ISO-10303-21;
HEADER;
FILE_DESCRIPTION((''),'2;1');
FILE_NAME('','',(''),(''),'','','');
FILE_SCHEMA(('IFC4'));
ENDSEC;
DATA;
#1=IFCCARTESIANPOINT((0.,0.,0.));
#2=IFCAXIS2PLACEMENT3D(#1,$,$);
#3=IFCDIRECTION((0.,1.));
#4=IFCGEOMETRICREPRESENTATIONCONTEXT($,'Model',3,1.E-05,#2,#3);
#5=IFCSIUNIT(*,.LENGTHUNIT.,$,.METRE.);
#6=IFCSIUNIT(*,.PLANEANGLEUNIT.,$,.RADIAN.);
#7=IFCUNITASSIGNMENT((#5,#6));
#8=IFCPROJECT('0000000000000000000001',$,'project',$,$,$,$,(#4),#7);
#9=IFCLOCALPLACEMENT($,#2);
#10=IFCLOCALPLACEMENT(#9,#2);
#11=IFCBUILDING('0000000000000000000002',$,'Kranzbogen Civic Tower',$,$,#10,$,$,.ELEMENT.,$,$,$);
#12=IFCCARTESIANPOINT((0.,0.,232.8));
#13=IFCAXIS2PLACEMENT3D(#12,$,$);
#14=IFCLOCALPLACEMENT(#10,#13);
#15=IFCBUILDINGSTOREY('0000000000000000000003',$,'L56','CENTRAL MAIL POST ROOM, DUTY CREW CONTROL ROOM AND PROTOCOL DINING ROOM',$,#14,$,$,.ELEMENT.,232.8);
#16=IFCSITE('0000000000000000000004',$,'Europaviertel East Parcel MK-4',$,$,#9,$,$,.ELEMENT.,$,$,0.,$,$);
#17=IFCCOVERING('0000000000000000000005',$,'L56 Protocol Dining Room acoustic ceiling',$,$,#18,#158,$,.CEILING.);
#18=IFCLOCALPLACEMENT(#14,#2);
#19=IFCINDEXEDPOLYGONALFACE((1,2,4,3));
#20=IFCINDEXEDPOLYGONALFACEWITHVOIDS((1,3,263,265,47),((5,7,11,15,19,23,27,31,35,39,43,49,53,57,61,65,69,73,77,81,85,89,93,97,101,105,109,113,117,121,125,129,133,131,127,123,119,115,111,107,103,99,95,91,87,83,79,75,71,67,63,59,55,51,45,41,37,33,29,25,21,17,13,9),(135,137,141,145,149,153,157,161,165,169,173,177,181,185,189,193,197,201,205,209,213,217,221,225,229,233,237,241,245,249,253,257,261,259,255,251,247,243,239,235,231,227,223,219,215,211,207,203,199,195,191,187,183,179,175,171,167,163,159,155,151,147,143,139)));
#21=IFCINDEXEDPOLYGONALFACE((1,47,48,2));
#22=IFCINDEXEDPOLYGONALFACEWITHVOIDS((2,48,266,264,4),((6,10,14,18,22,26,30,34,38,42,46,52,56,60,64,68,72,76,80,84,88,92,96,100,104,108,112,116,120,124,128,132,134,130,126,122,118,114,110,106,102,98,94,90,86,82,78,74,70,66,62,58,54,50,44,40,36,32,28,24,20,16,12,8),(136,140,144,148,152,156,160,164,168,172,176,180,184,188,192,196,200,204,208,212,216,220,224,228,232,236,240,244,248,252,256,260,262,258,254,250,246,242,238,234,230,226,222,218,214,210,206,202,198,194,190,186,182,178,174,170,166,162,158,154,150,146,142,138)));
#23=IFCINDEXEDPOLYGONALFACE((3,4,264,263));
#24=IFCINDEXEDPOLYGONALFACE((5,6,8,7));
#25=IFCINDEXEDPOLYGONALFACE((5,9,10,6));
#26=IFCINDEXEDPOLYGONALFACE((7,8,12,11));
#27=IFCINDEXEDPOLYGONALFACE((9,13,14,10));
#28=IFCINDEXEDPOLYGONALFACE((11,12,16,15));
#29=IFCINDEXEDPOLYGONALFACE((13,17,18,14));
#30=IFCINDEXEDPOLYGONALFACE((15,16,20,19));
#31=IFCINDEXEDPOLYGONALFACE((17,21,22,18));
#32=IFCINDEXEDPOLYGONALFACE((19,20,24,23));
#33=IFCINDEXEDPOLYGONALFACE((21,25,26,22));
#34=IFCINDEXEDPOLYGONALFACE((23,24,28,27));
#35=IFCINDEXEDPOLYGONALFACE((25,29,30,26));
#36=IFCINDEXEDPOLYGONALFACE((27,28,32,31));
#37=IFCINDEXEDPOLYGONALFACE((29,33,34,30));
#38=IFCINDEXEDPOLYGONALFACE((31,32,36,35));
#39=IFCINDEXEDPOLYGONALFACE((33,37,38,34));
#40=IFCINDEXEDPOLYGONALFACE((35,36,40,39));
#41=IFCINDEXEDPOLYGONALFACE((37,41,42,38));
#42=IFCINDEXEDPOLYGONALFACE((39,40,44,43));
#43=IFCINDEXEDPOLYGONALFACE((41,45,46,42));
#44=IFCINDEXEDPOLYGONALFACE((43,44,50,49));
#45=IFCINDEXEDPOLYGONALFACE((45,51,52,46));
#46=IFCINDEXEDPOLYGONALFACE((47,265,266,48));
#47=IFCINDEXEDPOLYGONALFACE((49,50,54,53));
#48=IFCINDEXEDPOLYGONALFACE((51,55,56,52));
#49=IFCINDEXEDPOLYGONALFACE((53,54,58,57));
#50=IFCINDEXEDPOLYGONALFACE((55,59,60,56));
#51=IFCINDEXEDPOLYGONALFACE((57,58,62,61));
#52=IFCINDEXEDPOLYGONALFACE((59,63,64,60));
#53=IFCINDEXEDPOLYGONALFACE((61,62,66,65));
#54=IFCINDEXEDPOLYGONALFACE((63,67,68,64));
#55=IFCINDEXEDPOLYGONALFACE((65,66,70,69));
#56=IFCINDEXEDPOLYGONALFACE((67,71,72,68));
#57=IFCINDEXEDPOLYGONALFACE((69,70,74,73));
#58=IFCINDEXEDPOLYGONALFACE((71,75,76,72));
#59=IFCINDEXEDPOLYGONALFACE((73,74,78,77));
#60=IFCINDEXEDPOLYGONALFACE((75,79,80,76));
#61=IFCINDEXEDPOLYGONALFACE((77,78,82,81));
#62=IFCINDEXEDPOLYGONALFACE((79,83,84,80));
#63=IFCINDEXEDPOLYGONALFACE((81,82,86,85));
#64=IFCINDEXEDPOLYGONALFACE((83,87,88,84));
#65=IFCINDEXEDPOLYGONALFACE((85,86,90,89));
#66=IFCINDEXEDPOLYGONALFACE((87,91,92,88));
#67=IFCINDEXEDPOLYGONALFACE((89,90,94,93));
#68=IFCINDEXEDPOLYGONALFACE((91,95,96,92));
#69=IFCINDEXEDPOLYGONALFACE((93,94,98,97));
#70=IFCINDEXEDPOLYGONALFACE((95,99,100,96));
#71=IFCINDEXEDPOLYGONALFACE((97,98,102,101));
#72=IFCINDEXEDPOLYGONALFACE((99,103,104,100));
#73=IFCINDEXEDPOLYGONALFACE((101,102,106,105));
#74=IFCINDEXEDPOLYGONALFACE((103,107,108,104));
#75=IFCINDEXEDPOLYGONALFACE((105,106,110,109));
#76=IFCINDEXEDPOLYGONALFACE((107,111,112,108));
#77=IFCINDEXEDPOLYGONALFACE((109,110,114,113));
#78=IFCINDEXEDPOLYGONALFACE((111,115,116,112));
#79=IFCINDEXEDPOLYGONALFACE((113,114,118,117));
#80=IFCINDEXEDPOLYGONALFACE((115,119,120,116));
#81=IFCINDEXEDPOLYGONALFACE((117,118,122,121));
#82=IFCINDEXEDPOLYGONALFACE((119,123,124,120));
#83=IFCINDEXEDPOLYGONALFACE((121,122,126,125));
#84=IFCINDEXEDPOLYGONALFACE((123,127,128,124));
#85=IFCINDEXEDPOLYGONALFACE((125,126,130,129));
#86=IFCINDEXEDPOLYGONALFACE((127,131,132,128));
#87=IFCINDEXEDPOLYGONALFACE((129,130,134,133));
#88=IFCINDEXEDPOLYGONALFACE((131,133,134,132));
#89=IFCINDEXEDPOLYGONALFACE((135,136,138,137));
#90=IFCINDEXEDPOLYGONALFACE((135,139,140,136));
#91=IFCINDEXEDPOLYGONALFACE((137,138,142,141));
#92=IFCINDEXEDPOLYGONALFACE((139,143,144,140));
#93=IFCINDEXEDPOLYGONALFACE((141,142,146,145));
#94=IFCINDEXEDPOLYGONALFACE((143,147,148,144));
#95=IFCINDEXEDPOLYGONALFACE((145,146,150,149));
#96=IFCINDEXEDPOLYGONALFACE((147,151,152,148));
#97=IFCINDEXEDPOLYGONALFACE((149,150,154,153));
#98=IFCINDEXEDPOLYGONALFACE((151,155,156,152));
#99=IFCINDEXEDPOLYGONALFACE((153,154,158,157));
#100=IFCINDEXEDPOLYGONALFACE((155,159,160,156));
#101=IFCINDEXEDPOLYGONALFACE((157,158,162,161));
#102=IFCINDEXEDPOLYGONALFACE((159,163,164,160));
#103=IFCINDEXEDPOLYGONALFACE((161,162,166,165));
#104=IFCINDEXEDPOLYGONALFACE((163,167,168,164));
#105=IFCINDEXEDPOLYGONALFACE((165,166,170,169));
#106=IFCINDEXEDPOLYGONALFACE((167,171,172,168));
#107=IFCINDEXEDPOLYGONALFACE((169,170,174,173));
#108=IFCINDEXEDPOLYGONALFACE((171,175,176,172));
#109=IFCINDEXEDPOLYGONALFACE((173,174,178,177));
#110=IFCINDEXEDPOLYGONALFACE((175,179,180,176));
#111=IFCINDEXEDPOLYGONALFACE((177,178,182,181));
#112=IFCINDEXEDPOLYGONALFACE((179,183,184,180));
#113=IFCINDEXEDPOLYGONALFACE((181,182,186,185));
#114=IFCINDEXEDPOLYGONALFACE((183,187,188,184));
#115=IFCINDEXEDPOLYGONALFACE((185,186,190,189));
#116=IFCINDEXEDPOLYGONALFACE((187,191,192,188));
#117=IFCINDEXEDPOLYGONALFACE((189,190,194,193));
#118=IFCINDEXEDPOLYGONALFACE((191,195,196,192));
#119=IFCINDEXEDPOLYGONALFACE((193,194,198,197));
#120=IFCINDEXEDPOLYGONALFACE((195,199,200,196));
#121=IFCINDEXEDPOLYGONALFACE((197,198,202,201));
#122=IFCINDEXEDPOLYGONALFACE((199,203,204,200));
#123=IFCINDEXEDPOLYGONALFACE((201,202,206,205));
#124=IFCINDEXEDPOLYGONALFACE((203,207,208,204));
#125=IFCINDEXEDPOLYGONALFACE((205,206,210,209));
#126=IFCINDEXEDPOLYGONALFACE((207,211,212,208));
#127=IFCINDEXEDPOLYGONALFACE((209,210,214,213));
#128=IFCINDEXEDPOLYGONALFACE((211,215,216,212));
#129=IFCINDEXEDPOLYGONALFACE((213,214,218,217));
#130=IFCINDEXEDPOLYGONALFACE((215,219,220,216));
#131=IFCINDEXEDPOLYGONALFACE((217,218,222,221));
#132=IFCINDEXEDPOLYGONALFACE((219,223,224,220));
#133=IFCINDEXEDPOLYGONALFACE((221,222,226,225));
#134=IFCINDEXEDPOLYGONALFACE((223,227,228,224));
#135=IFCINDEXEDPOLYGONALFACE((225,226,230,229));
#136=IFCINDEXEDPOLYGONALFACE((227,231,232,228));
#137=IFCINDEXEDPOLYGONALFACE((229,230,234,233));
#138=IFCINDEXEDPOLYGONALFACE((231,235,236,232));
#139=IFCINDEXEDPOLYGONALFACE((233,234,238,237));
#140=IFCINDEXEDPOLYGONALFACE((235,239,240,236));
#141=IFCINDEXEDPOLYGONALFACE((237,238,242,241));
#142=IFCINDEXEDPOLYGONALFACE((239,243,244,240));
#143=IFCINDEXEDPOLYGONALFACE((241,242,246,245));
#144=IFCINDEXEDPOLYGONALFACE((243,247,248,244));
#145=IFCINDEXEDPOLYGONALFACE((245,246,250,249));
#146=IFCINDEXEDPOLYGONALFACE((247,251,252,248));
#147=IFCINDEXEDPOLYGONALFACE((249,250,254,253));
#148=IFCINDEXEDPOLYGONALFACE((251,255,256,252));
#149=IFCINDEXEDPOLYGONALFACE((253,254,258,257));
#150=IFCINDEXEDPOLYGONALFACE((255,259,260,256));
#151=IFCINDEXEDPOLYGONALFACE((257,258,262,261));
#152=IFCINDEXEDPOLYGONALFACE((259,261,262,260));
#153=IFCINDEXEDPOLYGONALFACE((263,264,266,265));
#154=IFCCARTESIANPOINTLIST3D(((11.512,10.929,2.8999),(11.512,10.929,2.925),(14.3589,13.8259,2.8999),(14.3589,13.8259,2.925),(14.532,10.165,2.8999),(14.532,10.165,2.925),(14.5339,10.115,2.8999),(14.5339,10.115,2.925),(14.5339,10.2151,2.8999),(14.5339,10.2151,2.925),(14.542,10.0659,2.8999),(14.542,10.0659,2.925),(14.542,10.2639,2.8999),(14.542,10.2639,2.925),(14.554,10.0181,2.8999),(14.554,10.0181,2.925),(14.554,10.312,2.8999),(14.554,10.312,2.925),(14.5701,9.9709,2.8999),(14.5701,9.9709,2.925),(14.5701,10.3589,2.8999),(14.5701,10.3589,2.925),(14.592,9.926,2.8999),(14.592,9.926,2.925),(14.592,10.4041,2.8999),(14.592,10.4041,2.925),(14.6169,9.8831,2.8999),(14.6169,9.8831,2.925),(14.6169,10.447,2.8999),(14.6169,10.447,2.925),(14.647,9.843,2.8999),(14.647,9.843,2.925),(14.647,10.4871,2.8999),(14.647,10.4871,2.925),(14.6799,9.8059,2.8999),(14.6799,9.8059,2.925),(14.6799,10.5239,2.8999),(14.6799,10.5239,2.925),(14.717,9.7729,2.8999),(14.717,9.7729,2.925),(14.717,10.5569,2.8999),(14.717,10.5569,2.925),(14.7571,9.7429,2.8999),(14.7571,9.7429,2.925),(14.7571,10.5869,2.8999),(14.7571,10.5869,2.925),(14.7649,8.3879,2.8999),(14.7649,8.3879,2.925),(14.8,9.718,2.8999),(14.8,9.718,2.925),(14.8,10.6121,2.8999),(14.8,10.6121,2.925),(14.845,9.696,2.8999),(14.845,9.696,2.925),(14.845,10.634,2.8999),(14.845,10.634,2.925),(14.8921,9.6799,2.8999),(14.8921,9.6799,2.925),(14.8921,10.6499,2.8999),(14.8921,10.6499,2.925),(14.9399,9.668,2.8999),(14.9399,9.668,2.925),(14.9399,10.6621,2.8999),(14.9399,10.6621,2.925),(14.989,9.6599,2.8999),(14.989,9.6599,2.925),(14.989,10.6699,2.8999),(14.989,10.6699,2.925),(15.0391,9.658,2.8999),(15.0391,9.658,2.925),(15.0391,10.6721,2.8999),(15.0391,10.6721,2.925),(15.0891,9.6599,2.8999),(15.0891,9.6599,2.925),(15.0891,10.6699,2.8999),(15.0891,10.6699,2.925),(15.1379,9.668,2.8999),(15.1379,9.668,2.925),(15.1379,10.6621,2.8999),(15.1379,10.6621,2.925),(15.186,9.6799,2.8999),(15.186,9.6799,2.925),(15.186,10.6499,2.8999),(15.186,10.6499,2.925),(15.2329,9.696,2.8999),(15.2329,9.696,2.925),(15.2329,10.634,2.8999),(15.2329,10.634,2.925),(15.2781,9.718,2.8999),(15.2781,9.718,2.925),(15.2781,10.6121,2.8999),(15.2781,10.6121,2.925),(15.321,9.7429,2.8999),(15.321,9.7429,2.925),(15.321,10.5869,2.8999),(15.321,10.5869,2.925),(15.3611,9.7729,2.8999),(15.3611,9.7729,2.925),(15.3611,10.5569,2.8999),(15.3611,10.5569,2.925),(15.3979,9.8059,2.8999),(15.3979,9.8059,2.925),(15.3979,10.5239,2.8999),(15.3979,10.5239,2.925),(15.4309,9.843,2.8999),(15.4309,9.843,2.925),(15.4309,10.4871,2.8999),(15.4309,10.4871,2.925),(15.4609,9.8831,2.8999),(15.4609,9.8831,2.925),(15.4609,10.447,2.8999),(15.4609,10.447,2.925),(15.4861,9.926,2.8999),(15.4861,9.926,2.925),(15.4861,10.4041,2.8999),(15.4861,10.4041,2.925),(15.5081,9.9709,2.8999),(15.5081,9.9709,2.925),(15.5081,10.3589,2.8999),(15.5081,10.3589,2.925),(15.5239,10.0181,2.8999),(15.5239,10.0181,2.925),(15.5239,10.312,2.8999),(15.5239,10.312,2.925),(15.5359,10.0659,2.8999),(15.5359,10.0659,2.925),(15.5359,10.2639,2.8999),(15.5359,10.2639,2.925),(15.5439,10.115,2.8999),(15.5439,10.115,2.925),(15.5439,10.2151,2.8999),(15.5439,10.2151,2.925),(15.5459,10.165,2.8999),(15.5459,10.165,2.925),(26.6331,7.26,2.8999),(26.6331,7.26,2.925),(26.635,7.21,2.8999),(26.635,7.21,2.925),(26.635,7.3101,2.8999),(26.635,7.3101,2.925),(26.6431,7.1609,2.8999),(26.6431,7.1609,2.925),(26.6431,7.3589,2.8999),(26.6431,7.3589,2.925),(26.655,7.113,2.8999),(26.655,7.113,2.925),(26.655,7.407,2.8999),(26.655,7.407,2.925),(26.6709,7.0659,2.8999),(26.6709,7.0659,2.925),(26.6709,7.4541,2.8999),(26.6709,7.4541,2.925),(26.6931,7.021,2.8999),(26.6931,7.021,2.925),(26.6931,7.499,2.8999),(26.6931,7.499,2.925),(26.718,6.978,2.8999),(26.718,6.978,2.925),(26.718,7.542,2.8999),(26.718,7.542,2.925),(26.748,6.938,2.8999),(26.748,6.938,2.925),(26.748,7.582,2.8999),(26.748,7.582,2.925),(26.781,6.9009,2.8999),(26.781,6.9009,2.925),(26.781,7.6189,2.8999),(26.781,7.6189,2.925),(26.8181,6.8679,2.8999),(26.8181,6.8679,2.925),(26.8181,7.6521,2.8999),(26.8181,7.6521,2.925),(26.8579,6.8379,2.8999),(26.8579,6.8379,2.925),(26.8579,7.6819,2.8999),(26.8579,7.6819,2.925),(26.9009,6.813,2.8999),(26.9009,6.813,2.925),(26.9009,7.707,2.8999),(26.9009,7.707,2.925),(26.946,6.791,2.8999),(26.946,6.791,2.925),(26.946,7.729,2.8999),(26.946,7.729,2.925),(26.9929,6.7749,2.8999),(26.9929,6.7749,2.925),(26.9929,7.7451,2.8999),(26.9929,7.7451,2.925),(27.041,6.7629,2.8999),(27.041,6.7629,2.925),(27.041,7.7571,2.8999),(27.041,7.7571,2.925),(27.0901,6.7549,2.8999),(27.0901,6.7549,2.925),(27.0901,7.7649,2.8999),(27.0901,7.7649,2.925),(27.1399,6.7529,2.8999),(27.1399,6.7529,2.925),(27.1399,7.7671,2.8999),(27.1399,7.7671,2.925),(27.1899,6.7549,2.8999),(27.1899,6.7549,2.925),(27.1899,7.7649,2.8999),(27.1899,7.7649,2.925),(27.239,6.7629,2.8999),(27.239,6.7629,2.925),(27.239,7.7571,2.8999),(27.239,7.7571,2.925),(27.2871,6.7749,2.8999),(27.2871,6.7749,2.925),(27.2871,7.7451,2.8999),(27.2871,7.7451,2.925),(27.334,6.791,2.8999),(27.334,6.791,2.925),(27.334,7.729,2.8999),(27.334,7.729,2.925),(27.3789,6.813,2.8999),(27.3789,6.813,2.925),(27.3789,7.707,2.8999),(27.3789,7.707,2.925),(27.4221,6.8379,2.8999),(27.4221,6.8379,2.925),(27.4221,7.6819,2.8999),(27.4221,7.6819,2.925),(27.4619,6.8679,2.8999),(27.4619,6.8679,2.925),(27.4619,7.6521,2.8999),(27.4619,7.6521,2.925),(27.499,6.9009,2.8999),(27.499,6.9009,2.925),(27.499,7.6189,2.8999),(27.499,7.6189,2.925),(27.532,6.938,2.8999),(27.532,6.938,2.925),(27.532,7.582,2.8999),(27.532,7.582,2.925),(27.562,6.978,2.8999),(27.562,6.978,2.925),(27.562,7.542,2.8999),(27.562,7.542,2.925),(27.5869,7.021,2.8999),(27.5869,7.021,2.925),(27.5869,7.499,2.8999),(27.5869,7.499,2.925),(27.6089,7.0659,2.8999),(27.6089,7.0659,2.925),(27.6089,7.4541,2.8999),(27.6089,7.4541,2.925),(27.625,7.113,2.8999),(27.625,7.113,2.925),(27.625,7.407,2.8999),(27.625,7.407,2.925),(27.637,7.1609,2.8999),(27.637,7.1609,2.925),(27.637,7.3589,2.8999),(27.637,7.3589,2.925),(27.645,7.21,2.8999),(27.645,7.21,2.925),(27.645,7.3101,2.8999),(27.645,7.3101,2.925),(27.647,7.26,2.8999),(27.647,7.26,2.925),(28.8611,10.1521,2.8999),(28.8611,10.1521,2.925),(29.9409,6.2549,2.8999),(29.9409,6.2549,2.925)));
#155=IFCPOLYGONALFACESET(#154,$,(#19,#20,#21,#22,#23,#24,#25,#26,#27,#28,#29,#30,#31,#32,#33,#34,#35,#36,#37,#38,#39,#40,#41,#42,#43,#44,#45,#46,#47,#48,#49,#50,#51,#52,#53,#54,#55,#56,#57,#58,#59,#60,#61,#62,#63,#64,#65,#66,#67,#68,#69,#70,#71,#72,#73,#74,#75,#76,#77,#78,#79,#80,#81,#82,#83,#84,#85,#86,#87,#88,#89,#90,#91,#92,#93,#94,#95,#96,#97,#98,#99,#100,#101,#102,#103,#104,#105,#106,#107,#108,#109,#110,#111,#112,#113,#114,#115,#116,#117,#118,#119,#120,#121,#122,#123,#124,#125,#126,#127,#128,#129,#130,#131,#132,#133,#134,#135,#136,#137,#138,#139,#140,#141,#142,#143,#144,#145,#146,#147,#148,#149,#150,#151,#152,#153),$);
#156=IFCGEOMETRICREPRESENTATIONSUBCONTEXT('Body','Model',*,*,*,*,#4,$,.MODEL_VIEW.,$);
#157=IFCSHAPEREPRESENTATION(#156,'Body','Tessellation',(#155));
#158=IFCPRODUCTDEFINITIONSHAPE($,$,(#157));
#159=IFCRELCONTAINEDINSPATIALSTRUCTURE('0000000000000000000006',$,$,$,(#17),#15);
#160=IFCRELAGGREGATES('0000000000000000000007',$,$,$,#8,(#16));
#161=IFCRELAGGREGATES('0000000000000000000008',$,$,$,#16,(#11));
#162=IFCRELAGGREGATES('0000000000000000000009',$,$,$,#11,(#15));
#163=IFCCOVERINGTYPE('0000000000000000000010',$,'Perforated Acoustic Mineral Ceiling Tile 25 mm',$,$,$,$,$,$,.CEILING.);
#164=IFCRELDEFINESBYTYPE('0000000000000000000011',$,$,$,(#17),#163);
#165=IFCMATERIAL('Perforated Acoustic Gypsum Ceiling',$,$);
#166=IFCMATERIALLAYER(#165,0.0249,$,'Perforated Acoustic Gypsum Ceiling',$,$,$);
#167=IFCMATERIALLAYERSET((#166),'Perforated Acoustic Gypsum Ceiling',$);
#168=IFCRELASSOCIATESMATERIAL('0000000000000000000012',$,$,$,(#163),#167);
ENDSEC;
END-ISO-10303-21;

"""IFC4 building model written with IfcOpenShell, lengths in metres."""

from ifc_helpers import new_model, si_unit, direction, frame, origin, place, context, subcontext, project, spatial, polyline, outline, extrude, material, layer, layer_set, type_object, element, save


model = new_model("IFC4")

# Units and contexts
model_context = context("Model", 3, precision=1e-05, world=origin(), true_north=direction((0.0, 1.0)))
body_context = subcontext(model_context, "Body", "Model", "MODEL_VIEW")
ifc_project = project(units=[si_unit("LENGTHUNIT", "METRE"), si_unit("PLANEANGLEUNIT", "RADIAN")], contexts=[model_context])

# Site, building, storey
site_placement = place(None, origin())
site = spatial("IfcSite", under=ifc_project, at=site_placement, Name="Europaviertel East Parcel MK-4", CompositionType="ELEMENT", RefElevation=0.0)
building_placement = place(site_placement, origin())
building = spatial("IfcBuilding", under=site, at=building_placement, Name="Kranzbogen Civic Tower", CompositionType="ELEMENT")
storey_placement = place(building_placement, frame((0.0, 0.0, 232.8)))
storey = spatial("IfcBuildingStorey", under=building, at=storey_placement, Name="L56", Description="CENTRAL MAIL POST ROOM, DUTY CREW CONTROL ROOM AND PROTOCOL DINING ROOM", CompositionType="ELEMENT", Elevation=232.8)

# Covering
ifc_material_1 = material(Name="Perforated Acoustic Gypsum Ceiling")
ifc_layer_1 = layer(ifc_material_1, 0.0249, Name="Perforated Acoustic Gypsum Ceiling")
ifc_layer_set_1 = layer_set([ifc_layer_1], Name="Perforated Acoustic Gypsum Ceiling")
covering_type = type_object("IfcCoveringType", Name="Perforated Acoustic Mineral Ceiling Tile 25 mm", PredefinedType="CEILING", material=ifc_layer_set_1)
covering_1_placement = place(storey_placement, frame((0.0, 0.0, 2.8999)))
element("IfcCovering", 1, at=covering_1_placement, inside=storey, type_object=covering_type, Name="L56 Protocol Dining Room acoustic ceiling", PredefinedType="CEILING", context=body_context, shape_type="SweptSolid", body=[
    extrude(outline(polyline([(14.3589, 13.8259), (28.8611, 10.1521), (29.9409, 6.2549), (14.7649, 8.3879), (11.512, 10.929), (14.3589, 13.8259)]), holes=[polyline([(15.5081, 9.9709), (15.4861, 9.926), (15.4609, 9.8831), (15.4309, 9.843), (15.3979, 9.8059), (15.3611, 9.7729), (15.321, 9.7429), (15.2781, 9.718), (15.2329, 9.696), (15.186, 9.6799), (15.1379, 9.668), (15.0891, 9.6599), (15.0391, 9.658), (14.989, 9.6599), (14.9399, 9.668), (14.8921, 9.6799), (14.845, 9.696), (14.8, 9.718), (14.7571, 9.7429), (14.717, 9.7729), (14.6799, 9.8059), (14.647, 9.843), (14.6169, 9.8831), (14.592, 9.926), (14.5701, 9.9709), (14.554, 10.0181), (14.542, 10.0659), (14.5339, 10.115), (14.532, 10.165), (14.5339, 10.2151), (14.542, 10.2639), (14.554, 10.312), (14.5701, 10.3589), (14.592, 10.4041), (14.6169, 10.447), (14.647, 10.4871), (14.6799, 10.5239), (14.717, 10.5569), (14.7571, 10.5869), (14.8, 10.6121), (14.845, 10.634), (14.8921, 10.6499), (14.9399, 10.6621), (14.989, 10.6699), (15.0391, 10.6721), (15.0891, 10.6699), (15.1379, 10.6621), (15.186, 10.6499), (15.2329, 10.634), (15.2781, 10.6121), (15.321, 10.5869), (15.3611, 10.5569), (15.3979, 10.5239), (15.4309, 10.4871), (15.4609, 10.447), (15.4861, 10.4041), (15.5081, 10.3589), (15.5239, 10.312), (15.5359, 10.2639), (15.5439, 10.2151), (15.5459, 10.165), (15.5439, 10.115), (15.5359, 10.0659), (15.5239, 10.0181), (15.5081, 9.9709)]), polyline([(27.6089, 7.0659), (27.5869, 7.021), (27.562, 6.978), (27.532, 6.938), (27.499, 6.9009), (27.4619, 6.8679), (27.4221, 6.8379), (27.3789, 6.813), (27.334, 6.791), (27.2871, 6.7749), (27.239, 6.7629), (27.1899, 6.7549), (27.1399, 6.7529), (27.0901, 6.7549), (27.041, 6.7629), (26.9929, 6.7749), (26.946, 6.791), (26.9009, 6.813), (26.8579, 6.8379), (26.8181, 6.8679), (26.781, 6.9009), (26.748, 6.938), (26.718, 6.978), (26.6931, 7.021), (26.6709, 7.0659), (26.655, 7.113), (26.6431, 7.1609), (26.635, 7.21), (26.6331, 7.26), (26.635, 7.3101), (26.6431, 7.3589), (26.655, 7.407), (26.6709, 7.4541), (26.6931, 7.499), (26.718, 7.542), (26.748, 7.582), (26.781, 7.6189), (26.8181, 7.6521), (26.8579, 7.6819), (26.9009, 7.707), (26.946, 7.729), (26.9929, 7.7451), (27.041, 7.7571), (27.0901, 7.7649), (27.1399, 7.7671), (27.1899, 7.7649), (27.239, 7.7571), (27.2871, 7.7451), (27.334, 7.729), (27.3789, 7.707), (27.4221, 7.6819), (27.4619, 7.6521), (27.499, 7.6189), (27.532, 7.582), (27.562, 7.542), (27.5869, 7.499), (27.6089, 7.4541), (27.625, 7.407), (27.637, 7.3589), (27.645, 7.3101), (27.647, 7.26), (27.645, 7.21), (27.637, 7.1609), (27.625, 7.113), (27.6089, 7.0659)])]), origin(), (0.0, 0.0, 1.0), 0.0251),
])

save(model, "model.ifc")
